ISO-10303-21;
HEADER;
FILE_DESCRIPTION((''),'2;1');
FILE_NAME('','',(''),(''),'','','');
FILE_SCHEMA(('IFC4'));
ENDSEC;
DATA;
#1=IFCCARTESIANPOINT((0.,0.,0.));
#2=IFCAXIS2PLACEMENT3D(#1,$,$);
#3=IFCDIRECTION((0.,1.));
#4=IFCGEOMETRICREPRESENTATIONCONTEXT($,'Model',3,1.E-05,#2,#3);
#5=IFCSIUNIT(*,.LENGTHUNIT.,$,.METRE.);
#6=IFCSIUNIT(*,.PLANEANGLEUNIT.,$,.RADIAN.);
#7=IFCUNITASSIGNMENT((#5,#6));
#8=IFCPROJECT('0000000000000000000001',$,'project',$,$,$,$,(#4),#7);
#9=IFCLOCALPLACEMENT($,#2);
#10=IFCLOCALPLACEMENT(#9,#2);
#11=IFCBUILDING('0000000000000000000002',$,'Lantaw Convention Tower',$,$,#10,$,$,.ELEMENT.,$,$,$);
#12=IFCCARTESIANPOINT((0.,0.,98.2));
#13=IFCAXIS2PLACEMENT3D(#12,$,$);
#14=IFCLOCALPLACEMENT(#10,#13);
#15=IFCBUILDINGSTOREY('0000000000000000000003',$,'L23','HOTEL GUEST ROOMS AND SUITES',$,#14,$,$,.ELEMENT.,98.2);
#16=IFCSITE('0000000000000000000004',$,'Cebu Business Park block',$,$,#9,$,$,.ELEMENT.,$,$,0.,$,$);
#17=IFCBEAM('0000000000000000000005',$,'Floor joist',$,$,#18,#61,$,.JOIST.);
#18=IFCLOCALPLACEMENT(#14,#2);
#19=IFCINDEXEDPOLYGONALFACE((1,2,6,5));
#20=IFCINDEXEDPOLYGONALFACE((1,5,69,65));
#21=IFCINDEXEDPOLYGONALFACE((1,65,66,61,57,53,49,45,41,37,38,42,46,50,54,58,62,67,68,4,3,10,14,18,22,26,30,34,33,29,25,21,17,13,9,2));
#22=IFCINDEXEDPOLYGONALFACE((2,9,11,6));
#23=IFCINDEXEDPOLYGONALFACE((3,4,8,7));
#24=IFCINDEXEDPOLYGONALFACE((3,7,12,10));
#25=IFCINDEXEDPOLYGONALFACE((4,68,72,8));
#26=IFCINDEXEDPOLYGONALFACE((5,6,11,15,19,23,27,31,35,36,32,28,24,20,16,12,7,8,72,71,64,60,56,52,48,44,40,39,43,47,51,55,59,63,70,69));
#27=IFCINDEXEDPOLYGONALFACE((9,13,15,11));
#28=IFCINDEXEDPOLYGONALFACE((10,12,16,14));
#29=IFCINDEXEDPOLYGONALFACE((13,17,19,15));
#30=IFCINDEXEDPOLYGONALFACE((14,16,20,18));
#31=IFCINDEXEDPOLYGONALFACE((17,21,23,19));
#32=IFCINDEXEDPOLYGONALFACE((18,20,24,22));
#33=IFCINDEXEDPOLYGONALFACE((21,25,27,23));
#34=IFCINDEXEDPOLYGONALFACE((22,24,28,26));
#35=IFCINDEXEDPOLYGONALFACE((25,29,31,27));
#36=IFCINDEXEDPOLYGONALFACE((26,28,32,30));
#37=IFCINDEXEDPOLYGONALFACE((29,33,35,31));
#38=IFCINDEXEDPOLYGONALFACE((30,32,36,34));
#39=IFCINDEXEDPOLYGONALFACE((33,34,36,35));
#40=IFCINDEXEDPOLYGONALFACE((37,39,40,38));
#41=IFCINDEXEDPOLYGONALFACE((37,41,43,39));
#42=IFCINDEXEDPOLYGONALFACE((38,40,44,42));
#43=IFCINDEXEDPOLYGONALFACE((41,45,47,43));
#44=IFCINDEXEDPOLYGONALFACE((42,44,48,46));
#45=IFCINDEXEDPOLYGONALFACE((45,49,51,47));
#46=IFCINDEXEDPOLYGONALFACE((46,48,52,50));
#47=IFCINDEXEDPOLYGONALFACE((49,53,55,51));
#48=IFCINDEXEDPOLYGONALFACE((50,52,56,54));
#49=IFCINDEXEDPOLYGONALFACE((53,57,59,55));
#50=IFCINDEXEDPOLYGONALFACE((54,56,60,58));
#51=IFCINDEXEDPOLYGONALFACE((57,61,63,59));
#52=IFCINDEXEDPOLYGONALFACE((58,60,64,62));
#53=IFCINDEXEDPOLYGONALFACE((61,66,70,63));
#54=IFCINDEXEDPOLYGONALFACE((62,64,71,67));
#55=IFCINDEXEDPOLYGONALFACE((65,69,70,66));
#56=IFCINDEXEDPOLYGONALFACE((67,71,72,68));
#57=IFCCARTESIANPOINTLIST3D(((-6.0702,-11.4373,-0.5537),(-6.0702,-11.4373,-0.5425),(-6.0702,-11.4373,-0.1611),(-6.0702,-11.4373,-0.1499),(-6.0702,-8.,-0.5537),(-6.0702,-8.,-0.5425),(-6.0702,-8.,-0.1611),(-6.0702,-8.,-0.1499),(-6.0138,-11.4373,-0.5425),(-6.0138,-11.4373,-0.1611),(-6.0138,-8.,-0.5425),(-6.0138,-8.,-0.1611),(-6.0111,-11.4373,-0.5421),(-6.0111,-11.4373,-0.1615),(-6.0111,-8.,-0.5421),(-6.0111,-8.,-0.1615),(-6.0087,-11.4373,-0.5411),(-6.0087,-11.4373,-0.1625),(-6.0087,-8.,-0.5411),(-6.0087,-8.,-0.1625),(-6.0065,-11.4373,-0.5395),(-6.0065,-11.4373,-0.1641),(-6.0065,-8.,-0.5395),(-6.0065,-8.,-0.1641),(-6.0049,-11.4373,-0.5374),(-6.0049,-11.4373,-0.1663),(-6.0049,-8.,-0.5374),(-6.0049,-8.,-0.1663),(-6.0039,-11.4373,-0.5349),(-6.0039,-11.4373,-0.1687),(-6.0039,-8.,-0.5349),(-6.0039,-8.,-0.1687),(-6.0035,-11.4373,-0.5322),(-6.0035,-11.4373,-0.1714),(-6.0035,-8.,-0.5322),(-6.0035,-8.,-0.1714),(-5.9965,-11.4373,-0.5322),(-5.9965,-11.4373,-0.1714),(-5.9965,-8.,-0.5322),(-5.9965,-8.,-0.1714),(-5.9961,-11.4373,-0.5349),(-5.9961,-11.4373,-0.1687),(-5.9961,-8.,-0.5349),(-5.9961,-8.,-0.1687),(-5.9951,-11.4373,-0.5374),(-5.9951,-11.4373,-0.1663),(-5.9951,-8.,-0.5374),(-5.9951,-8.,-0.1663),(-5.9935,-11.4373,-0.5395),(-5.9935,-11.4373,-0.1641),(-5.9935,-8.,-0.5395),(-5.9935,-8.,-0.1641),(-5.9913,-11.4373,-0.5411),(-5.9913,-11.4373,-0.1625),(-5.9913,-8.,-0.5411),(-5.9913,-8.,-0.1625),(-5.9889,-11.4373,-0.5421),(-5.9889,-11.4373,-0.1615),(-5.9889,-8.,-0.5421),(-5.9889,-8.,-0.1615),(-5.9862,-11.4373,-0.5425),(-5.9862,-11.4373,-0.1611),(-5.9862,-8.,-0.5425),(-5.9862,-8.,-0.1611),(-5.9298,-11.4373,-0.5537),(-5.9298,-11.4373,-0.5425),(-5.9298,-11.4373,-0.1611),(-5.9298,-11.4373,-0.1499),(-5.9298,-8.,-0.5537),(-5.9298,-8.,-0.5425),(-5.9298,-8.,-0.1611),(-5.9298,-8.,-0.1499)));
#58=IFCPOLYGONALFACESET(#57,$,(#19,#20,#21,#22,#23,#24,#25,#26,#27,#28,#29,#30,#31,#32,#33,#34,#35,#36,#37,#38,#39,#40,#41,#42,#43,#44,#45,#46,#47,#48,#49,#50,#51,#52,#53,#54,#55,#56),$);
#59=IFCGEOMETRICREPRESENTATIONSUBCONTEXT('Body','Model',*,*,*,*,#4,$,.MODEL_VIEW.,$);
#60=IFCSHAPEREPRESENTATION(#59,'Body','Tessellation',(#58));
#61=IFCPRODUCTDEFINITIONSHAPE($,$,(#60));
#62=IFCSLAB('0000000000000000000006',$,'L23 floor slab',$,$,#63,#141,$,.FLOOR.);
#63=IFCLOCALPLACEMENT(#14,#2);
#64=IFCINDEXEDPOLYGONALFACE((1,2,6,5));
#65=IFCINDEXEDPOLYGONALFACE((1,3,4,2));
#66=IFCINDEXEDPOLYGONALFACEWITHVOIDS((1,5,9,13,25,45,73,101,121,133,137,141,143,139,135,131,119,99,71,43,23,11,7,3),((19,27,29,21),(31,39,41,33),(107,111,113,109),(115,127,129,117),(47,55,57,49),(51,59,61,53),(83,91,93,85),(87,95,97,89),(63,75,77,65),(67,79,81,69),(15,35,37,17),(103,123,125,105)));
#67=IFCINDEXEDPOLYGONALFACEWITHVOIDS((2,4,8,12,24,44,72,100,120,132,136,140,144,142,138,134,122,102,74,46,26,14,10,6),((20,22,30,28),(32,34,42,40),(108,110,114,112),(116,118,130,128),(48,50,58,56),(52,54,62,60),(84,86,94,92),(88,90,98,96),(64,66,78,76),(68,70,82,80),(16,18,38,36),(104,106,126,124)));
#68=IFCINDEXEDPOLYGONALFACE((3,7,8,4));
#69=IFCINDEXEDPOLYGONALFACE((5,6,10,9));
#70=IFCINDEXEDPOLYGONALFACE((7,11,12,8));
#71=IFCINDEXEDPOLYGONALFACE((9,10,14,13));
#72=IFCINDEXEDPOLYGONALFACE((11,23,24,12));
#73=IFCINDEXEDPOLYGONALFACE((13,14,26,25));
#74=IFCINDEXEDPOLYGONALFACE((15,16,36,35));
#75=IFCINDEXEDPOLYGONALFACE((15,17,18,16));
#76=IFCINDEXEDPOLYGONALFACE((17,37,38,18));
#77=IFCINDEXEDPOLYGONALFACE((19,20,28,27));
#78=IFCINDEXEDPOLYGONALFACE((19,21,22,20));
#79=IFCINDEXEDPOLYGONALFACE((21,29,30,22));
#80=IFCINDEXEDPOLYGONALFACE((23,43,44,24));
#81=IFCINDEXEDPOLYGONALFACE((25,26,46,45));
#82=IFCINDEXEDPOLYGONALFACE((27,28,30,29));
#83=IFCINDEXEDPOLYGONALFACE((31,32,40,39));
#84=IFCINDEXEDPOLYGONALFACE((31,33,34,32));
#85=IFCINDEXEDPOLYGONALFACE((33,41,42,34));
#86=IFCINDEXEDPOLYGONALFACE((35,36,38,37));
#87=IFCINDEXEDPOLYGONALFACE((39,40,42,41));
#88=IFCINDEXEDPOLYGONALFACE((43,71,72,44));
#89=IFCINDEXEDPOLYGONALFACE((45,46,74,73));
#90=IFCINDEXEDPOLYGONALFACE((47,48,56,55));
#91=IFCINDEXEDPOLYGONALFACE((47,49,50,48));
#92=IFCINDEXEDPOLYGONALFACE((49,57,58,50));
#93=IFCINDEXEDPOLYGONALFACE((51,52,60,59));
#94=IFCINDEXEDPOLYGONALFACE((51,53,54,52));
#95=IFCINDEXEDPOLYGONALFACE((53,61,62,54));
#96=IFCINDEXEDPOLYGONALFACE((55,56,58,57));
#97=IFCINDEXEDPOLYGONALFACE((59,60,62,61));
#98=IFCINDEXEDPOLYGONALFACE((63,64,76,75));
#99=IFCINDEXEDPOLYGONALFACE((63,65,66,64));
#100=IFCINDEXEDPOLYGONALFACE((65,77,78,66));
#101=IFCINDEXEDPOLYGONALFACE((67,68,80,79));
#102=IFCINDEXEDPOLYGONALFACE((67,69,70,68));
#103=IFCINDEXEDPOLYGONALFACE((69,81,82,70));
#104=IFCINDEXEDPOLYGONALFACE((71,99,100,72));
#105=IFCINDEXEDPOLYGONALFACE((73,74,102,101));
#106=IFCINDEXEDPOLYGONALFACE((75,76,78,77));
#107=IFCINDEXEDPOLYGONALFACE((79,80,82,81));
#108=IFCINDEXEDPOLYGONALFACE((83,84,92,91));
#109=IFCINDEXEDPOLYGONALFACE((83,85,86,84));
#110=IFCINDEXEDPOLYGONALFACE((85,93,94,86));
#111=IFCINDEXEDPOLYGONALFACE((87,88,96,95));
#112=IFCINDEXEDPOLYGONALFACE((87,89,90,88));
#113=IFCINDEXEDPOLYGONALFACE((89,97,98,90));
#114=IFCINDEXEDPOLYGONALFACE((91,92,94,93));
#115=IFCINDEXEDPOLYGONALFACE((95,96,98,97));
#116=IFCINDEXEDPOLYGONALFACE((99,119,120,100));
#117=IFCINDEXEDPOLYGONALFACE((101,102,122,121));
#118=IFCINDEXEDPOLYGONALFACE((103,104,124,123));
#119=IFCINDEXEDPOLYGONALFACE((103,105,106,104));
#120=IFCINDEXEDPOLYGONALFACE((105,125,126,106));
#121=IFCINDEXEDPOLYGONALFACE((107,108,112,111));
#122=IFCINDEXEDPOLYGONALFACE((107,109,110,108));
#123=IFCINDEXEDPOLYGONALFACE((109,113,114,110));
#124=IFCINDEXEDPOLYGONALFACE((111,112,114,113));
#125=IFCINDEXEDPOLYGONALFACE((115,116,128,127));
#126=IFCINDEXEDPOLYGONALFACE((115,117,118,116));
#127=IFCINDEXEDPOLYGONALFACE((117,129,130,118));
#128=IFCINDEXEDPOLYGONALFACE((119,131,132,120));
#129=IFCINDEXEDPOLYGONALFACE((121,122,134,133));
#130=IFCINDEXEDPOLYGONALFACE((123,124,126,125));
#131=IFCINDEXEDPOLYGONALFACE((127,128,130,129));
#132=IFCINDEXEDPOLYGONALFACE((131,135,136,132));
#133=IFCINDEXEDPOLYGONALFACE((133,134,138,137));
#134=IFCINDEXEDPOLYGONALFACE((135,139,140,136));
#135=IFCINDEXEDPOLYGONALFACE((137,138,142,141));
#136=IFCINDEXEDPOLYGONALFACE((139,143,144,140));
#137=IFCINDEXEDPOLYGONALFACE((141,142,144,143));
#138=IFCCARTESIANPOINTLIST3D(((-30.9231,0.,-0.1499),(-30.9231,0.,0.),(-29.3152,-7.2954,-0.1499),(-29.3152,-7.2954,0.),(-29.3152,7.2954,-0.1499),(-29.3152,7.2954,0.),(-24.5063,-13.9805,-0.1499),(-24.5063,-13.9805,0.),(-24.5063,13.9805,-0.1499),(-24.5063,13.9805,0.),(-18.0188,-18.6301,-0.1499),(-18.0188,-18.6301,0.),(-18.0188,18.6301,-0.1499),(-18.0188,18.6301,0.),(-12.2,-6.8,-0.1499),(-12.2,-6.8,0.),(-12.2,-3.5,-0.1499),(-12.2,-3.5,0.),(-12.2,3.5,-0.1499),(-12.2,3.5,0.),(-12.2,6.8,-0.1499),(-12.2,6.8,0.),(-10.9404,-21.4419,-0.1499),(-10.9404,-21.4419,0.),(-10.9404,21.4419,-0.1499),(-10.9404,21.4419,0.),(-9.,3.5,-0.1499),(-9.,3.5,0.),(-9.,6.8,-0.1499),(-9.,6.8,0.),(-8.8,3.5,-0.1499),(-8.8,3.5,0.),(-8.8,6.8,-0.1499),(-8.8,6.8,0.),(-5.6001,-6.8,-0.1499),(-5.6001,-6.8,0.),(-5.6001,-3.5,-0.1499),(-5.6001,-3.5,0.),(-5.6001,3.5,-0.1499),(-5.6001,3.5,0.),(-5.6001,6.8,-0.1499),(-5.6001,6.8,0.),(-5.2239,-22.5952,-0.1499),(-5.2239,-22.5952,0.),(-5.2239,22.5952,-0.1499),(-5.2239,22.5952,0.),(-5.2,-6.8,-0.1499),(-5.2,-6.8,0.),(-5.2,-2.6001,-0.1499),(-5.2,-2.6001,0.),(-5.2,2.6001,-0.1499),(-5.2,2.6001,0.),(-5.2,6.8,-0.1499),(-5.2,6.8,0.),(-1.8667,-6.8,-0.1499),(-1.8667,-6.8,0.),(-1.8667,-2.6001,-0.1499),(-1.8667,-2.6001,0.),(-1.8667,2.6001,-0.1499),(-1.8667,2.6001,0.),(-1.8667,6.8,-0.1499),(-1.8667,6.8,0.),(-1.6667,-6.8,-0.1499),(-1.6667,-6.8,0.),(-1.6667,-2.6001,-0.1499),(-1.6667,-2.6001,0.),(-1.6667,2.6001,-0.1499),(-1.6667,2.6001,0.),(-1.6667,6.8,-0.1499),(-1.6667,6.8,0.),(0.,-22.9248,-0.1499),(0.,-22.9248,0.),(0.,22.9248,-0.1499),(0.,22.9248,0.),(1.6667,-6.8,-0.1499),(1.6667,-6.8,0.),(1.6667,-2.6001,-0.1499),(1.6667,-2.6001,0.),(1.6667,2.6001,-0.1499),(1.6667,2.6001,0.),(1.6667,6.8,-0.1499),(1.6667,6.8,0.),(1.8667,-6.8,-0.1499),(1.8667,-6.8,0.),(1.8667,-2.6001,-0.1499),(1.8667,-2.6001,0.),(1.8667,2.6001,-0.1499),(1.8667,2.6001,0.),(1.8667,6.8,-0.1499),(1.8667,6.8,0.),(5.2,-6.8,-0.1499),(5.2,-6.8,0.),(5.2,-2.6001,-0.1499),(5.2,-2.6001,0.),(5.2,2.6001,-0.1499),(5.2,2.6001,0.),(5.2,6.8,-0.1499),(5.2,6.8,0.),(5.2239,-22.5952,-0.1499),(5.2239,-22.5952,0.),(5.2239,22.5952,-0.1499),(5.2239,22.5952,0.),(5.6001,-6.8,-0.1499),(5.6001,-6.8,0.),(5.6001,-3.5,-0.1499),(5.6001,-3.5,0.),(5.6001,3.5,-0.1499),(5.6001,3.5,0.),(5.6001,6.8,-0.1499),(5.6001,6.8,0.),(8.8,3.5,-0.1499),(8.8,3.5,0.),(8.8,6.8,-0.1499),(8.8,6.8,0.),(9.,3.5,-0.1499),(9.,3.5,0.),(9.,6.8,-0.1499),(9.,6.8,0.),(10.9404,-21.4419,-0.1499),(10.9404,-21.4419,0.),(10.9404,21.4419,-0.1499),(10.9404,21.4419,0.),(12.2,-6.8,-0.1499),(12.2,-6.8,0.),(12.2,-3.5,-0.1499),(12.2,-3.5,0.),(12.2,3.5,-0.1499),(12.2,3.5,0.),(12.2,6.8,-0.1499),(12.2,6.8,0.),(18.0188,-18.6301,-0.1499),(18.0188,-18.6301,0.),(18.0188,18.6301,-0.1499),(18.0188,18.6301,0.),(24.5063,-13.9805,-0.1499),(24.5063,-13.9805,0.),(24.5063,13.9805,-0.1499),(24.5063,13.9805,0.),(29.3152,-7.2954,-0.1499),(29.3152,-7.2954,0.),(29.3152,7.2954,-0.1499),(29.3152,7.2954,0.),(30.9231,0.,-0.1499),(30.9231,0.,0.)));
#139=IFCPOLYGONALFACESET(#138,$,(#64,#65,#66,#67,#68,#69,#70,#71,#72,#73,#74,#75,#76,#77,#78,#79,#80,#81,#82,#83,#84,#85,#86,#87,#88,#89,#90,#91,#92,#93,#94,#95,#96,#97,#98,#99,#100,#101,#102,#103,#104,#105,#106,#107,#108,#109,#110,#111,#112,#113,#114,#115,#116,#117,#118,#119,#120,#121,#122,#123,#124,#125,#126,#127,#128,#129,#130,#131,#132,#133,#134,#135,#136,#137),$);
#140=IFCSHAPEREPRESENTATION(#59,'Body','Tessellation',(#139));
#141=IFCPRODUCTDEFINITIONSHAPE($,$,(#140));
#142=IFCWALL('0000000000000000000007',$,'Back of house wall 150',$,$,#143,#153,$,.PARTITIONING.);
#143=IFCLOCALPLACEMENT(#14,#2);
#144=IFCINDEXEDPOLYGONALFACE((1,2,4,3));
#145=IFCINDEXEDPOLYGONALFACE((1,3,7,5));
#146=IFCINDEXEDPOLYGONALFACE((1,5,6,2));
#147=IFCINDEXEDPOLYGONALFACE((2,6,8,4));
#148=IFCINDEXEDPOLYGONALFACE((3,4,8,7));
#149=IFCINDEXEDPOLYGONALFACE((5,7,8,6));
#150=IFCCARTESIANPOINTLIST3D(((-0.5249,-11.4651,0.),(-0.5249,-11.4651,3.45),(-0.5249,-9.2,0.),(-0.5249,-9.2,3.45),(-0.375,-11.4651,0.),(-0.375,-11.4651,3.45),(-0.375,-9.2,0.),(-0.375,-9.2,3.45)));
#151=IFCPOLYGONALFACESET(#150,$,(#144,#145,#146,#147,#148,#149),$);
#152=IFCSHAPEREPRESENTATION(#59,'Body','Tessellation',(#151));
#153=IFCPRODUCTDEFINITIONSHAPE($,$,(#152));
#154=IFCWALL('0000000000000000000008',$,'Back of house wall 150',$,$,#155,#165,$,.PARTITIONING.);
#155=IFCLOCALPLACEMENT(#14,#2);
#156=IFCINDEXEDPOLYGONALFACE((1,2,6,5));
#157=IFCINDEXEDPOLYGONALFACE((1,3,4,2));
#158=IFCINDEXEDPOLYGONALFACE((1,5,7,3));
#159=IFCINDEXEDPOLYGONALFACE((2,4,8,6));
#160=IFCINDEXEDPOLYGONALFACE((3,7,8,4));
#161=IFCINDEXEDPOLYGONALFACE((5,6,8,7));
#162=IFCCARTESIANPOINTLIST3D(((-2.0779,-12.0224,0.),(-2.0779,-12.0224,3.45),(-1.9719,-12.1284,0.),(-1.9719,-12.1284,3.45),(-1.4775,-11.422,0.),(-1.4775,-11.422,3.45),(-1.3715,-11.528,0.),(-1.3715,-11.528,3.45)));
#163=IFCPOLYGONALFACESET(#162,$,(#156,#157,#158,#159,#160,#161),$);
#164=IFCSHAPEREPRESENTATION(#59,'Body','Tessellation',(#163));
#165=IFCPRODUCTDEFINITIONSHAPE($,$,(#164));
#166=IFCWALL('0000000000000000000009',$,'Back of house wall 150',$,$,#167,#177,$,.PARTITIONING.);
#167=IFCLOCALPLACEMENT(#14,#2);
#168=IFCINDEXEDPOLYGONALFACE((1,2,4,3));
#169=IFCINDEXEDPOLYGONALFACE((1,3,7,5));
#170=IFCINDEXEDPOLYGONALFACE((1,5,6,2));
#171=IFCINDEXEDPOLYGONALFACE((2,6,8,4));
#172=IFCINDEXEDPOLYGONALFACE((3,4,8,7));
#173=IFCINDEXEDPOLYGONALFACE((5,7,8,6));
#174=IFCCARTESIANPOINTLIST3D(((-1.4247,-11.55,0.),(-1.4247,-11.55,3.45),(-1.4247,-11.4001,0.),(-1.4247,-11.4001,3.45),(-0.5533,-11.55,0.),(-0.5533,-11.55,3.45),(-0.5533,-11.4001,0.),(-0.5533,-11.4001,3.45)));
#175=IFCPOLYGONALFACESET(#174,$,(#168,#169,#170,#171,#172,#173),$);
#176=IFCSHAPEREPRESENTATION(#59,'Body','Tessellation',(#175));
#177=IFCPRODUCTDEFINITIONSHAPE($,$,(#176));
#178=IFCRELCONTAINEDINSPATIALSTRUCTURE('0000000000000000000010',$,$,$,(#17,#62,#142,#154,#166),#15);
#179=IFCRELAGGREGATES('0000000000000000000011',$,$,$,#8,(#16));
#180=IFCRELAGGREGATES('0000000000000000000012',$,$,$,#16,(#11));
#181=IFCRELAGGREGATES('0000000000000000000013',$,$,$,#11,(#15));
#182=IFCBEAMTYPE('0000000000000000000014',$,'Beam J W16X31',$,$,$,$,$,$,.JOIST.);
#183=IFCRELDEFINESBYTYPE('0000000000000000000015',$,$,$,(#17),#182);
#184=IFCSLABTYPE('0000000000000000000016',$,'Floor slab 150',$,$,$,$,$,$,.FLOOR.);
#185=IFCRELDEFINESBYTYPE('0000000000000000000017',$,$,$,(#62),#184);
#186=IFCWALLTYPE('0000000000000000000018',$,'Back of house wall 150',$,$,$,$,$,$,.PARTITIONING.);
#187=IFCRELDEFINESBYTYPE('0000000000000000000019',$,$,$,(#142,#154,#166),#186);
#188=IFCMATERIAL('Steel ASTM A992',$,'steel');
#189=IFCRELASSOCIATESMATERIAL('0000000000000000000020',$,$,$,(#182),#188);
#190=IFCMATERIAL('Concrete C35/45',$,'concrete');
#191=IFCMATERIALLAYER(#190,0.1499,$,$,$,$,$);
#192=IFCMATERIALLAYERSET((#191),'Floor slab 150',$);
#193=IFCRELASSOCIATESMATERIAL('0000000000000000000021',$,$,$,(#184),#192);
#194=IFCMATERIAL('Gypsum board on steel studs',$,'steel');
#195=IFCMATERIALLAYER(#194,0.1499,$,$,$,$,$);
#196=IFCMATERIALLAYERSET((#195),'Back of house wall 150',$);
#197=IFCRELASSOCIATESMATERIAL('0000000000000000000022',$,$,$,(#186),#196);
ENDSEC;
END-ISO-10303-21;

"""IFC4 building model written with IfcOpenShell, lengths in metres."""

from ifc_helpers import new_model, si_unit, direction, frame, frame_2d, origin, origin_2d, place, context, subcontext, project, spatial, polyline, rectangle, i_section, outline, extrude, material, layer, layer_set, material_profile, profile_set, type_object, element, save


model = new_model("IFC4")

# Units and contexts
model_context = context("Model", 3, precision=1e-05, world=origin(), true_north=direction((0.0, 1.0)))
body_context = subcontext(model_context, "Body", "Model", "MODEL_VIEW")
ifc_project = project(units=[si_unit("LENGTHUNIT", "METRE"), si_unit("PLANEANGLEUNIT", "RADIAN")], contexts=[model_context])

# Site, building, storey
site_placement = place(None, origin())
site = spatial("IfcSite", under=ifc_project, at=site_placement, Name="Cebu Business Park block", CompositionType="ELEMENT", RefElevation=0.0)
building_placement = place(site_placement, origin())
building = spatial("IfcBuilding", under=site, at=building_placement, Name="Lantaw Convention Tower", CompositionType="ELEMENT")
storey_placement = place(building_placement, frame((0.0, 0.0, 98.2)))
storey = spatial("IfcBuildingStorey", under=building, at=storey_placement, Name="L23", Description="HOTEL GUEST ROOMS AND SUITES", CompositionType="ELEMENT", Elevation=98.2)

# Beam
ifc_material_1 = material(Name="Steel ASTM A992", Category="steel")
ifc_material_profile_1 = material_profile(ifc_material_1, i_section(OverallWidth=0.1404, OverallDepth=0.4038, WebThickness=0.0071, FlangeThickness=0.0112, FilletRadius=0.0103, at=origin_2d()), Name="W16X31")
ifc_profile_set_1 = profile_set([ifc_material_profile_1], Name="Steel ASTM A992")
beam_type_1 = type_object("IfcBeamType", Name="Beam J W16X31", PredefinedType="JOIST", material=ifc_profile_set_1)
beam_1_placement = place(storey_placement, frame((-6.0, -11.4373, -0.3518), z_axis=(0.0, 1.0, 0.0), x_axis=(-1.0, 0.0, 0.0)))
element("IfcBeam", 1, at=beam_1_placement, inside=storey, type_object=beam_type_1, Name="Floor joist", PredefinedType="JOIST", context=body_context, shape_type="SweptSolid", body=[
    extrude(i_section(OverallWidth=0.1404, OverallDepth=0.4038, WebThickness=0.0071, FlangeThickness=0.0112, FilletRadius=0.0103, at=origin_2d()), origin(), (0.0, 0.0, 1.0), 3.4373),
])

# Slab
ifc_material_2 = material(Name="Concrete C35/45", Category="concrete")
ifc_layer_1 = layer(ifc_material_2, 0.1499)
ifc_layer_set_1 = layer_set([ifc_layer_1], Name="Floor slab 150")
slab_type = type_object("IfcSlabType", Name="Floor slab 150", PredefinedType="FLOOR", material=ifc_layer_set_1)
slab_placement = place(storey_placement, frame((0.0, 0.0, -0.1499)))
element("IfcSlab", 2, at=slab_placement, inside=storey, type_object=slab_type, Name="L23 floor slab", PredefinedType="FLOOR", context=body_context, shape_type="SweptSolid", body=[
    extrude(outline(polyline([(29.3152, -7.2954), (30.9231, 0.0), (29.3152, 7.2954), (24.5063, 13.9805), (18.0188, 18.6301), (10.9404, 21.4419), (5.2239, 22.5952), (0.0, 22.9248), (-5.2239, 22.5952), (-10.9404, 21.4419), (-18.0188, 18.6301), (-24.5063, 13.9805), (-29.3152, 7.2954), (-30.9231, 0.0), (-29.3152, -7.2954), (-24.5063, -13.9805), (-18.0188, -18.6301), (-10.9404, -21.4419), (-5.2239, -22.5952), (0.0, -22.9248), (5.2239, -22.5952), (10.9404, -21.4419), (18.0188, -18.6301), (24.5063, -13.9805), (29.3152, -7.2954)]), holes=[polyline([(-5.6001, -3.5), (-12.2, -3.5), (-12.2, -6.8), (-5.6001, -6.8), (-5.6001, -3.5)]), polyline([(-1.8667, -6.8), (-1.8667, -2.6001), (-5.2, -2.6001), (-5.2, -6.8), (-1.8667, -6.8)]), polyline([(-1.8667, 2.6001), (-1.8667, 6.8), (-5.2, 6.8), (-5.2, 2.6001), (-1.8667, 2.6001)]), polyline([(1.6667, 6.8), (-1.6667, 6.8), (-1.6667, 2.6001), (1.6667, 2.6001), (1.6667, 6.8)]), polyline([(-9.0, 3.5), (-9.0, 6.8), (-12.2, 6.8), (-12.2, 3.5), (-9.0, 3.5)]), polyline([(-5.6001, 3.5), (-5.6001, 6.8), (-8.8, 6.8), (-8.8, 3.5), (-5.6001, 3.5)]), polyline([(12.2, -3.5), (5.6001, -3.5), (5.6001, -6.8), (12.2, -6.8), (12.2, -3.5)]), polyline([(1.6667, -6.8), (1.6667, -2.6001), (-1.6667, -2.6001), (-1.6667, -6.8), (1.6667, -6.8)]), polyline([(5.2, -6.8), (5.2, -2.6001), (1.8667, -2.6001), (1.8667, -6.8), (5.2, -6.8)]), polyline([(5.2, 6.8), (1.8667, 6.8), (1.8667, 2.6001), (5.2, 2.6001), (5.2, 6.8)]), polyline([(8.8, 3.5), (8.8, 6.8), (5.6001, 6.8), (5.6001, 3.5), (8.8, 3.5)]), polyline([(12.2, 3.5), (12.2, 6.8), (9.0, 6.8), (9.0, 3.5), (12.2, 3.5)])]), origin(), (0.0, 0.0, 1.0), 0.1499),
])

# Walls
ifc_material_3 = material(Name="Gypsum board on steel studs", Category="steel")
ifc_layer_2 = layer(ifc_material_3, 0.1499)
ifc_layer_set_2 = layer_set([ifc_layer_2], Name="Back of house wall 150")
wall_type_1 = type_object("IfcWallType", Name="Back of house wall 150", PredefinedType="PARTITIONING", material=ifc_layer_set_2)
wall_1_placement = place(storey_placement, frame((-0.45, -9.2, 0.0), z_axis=(0.0, 0.0, 1.0), x_axis=(0.0, -1.0, 0.0)))
element("IfcWall", 3, at=wall_1_placement, inside=storey, type_object=wall_type_1, Name="Back of house wall 150", PredefinedType="PARTITIONING", context=body_context, shape_type="SweptSolid", body=[
    extrude(rectangle(XDim=2.2651, YDim=0.1499, at=frame_2d((1.1326, 0.0))), origin(), (0.0, 0.0, 1.0), 3.45),
])
wall_2_placement = place(storey_placement, frame((-2.0249, -12.0754, 0.0), z_axis=(0.0, 0.0, 1.0), x_axis=(0.707107, 0.707107, 0.0)))
element("IfcWall", 4, at=wall_2_placement, inside=storey, type_object=wall_type_1, Name="Back of house wall 150", PredefinedType="PARTITIONING", context=body_context, shape_type="SweptSolid", body=[
    extrude(rectangle(XDim=0.8491, YDim=0.1499, at=frame_2d((0.4246, 0.0))), origin(), (0.0, 0.0, 1.0), 3.45),
])
wall_3_placement = place(storey_placement, frame((-1.4246, -11.4751, 0.0), z_axis=(0.0, 0.0, 1.0), x_axis=(1.0, 0.0, 0.0)))
element("IfcWall", 5, at=wall_3_placement, inside=storey, type_object=wall_type_1, Name="Back of house wall 150", PredefinedType="PARTITIONING", context=body_context, shape_type="SweptSolid", body=[
    extrude(rectangle(XDim=0.8713, YDim=0.1499, at=frame_2d((0.4355, 0.0))), origin(), (0.0, 0.0, 1.0), 3.45),
])

save(model, "model.ifc")
